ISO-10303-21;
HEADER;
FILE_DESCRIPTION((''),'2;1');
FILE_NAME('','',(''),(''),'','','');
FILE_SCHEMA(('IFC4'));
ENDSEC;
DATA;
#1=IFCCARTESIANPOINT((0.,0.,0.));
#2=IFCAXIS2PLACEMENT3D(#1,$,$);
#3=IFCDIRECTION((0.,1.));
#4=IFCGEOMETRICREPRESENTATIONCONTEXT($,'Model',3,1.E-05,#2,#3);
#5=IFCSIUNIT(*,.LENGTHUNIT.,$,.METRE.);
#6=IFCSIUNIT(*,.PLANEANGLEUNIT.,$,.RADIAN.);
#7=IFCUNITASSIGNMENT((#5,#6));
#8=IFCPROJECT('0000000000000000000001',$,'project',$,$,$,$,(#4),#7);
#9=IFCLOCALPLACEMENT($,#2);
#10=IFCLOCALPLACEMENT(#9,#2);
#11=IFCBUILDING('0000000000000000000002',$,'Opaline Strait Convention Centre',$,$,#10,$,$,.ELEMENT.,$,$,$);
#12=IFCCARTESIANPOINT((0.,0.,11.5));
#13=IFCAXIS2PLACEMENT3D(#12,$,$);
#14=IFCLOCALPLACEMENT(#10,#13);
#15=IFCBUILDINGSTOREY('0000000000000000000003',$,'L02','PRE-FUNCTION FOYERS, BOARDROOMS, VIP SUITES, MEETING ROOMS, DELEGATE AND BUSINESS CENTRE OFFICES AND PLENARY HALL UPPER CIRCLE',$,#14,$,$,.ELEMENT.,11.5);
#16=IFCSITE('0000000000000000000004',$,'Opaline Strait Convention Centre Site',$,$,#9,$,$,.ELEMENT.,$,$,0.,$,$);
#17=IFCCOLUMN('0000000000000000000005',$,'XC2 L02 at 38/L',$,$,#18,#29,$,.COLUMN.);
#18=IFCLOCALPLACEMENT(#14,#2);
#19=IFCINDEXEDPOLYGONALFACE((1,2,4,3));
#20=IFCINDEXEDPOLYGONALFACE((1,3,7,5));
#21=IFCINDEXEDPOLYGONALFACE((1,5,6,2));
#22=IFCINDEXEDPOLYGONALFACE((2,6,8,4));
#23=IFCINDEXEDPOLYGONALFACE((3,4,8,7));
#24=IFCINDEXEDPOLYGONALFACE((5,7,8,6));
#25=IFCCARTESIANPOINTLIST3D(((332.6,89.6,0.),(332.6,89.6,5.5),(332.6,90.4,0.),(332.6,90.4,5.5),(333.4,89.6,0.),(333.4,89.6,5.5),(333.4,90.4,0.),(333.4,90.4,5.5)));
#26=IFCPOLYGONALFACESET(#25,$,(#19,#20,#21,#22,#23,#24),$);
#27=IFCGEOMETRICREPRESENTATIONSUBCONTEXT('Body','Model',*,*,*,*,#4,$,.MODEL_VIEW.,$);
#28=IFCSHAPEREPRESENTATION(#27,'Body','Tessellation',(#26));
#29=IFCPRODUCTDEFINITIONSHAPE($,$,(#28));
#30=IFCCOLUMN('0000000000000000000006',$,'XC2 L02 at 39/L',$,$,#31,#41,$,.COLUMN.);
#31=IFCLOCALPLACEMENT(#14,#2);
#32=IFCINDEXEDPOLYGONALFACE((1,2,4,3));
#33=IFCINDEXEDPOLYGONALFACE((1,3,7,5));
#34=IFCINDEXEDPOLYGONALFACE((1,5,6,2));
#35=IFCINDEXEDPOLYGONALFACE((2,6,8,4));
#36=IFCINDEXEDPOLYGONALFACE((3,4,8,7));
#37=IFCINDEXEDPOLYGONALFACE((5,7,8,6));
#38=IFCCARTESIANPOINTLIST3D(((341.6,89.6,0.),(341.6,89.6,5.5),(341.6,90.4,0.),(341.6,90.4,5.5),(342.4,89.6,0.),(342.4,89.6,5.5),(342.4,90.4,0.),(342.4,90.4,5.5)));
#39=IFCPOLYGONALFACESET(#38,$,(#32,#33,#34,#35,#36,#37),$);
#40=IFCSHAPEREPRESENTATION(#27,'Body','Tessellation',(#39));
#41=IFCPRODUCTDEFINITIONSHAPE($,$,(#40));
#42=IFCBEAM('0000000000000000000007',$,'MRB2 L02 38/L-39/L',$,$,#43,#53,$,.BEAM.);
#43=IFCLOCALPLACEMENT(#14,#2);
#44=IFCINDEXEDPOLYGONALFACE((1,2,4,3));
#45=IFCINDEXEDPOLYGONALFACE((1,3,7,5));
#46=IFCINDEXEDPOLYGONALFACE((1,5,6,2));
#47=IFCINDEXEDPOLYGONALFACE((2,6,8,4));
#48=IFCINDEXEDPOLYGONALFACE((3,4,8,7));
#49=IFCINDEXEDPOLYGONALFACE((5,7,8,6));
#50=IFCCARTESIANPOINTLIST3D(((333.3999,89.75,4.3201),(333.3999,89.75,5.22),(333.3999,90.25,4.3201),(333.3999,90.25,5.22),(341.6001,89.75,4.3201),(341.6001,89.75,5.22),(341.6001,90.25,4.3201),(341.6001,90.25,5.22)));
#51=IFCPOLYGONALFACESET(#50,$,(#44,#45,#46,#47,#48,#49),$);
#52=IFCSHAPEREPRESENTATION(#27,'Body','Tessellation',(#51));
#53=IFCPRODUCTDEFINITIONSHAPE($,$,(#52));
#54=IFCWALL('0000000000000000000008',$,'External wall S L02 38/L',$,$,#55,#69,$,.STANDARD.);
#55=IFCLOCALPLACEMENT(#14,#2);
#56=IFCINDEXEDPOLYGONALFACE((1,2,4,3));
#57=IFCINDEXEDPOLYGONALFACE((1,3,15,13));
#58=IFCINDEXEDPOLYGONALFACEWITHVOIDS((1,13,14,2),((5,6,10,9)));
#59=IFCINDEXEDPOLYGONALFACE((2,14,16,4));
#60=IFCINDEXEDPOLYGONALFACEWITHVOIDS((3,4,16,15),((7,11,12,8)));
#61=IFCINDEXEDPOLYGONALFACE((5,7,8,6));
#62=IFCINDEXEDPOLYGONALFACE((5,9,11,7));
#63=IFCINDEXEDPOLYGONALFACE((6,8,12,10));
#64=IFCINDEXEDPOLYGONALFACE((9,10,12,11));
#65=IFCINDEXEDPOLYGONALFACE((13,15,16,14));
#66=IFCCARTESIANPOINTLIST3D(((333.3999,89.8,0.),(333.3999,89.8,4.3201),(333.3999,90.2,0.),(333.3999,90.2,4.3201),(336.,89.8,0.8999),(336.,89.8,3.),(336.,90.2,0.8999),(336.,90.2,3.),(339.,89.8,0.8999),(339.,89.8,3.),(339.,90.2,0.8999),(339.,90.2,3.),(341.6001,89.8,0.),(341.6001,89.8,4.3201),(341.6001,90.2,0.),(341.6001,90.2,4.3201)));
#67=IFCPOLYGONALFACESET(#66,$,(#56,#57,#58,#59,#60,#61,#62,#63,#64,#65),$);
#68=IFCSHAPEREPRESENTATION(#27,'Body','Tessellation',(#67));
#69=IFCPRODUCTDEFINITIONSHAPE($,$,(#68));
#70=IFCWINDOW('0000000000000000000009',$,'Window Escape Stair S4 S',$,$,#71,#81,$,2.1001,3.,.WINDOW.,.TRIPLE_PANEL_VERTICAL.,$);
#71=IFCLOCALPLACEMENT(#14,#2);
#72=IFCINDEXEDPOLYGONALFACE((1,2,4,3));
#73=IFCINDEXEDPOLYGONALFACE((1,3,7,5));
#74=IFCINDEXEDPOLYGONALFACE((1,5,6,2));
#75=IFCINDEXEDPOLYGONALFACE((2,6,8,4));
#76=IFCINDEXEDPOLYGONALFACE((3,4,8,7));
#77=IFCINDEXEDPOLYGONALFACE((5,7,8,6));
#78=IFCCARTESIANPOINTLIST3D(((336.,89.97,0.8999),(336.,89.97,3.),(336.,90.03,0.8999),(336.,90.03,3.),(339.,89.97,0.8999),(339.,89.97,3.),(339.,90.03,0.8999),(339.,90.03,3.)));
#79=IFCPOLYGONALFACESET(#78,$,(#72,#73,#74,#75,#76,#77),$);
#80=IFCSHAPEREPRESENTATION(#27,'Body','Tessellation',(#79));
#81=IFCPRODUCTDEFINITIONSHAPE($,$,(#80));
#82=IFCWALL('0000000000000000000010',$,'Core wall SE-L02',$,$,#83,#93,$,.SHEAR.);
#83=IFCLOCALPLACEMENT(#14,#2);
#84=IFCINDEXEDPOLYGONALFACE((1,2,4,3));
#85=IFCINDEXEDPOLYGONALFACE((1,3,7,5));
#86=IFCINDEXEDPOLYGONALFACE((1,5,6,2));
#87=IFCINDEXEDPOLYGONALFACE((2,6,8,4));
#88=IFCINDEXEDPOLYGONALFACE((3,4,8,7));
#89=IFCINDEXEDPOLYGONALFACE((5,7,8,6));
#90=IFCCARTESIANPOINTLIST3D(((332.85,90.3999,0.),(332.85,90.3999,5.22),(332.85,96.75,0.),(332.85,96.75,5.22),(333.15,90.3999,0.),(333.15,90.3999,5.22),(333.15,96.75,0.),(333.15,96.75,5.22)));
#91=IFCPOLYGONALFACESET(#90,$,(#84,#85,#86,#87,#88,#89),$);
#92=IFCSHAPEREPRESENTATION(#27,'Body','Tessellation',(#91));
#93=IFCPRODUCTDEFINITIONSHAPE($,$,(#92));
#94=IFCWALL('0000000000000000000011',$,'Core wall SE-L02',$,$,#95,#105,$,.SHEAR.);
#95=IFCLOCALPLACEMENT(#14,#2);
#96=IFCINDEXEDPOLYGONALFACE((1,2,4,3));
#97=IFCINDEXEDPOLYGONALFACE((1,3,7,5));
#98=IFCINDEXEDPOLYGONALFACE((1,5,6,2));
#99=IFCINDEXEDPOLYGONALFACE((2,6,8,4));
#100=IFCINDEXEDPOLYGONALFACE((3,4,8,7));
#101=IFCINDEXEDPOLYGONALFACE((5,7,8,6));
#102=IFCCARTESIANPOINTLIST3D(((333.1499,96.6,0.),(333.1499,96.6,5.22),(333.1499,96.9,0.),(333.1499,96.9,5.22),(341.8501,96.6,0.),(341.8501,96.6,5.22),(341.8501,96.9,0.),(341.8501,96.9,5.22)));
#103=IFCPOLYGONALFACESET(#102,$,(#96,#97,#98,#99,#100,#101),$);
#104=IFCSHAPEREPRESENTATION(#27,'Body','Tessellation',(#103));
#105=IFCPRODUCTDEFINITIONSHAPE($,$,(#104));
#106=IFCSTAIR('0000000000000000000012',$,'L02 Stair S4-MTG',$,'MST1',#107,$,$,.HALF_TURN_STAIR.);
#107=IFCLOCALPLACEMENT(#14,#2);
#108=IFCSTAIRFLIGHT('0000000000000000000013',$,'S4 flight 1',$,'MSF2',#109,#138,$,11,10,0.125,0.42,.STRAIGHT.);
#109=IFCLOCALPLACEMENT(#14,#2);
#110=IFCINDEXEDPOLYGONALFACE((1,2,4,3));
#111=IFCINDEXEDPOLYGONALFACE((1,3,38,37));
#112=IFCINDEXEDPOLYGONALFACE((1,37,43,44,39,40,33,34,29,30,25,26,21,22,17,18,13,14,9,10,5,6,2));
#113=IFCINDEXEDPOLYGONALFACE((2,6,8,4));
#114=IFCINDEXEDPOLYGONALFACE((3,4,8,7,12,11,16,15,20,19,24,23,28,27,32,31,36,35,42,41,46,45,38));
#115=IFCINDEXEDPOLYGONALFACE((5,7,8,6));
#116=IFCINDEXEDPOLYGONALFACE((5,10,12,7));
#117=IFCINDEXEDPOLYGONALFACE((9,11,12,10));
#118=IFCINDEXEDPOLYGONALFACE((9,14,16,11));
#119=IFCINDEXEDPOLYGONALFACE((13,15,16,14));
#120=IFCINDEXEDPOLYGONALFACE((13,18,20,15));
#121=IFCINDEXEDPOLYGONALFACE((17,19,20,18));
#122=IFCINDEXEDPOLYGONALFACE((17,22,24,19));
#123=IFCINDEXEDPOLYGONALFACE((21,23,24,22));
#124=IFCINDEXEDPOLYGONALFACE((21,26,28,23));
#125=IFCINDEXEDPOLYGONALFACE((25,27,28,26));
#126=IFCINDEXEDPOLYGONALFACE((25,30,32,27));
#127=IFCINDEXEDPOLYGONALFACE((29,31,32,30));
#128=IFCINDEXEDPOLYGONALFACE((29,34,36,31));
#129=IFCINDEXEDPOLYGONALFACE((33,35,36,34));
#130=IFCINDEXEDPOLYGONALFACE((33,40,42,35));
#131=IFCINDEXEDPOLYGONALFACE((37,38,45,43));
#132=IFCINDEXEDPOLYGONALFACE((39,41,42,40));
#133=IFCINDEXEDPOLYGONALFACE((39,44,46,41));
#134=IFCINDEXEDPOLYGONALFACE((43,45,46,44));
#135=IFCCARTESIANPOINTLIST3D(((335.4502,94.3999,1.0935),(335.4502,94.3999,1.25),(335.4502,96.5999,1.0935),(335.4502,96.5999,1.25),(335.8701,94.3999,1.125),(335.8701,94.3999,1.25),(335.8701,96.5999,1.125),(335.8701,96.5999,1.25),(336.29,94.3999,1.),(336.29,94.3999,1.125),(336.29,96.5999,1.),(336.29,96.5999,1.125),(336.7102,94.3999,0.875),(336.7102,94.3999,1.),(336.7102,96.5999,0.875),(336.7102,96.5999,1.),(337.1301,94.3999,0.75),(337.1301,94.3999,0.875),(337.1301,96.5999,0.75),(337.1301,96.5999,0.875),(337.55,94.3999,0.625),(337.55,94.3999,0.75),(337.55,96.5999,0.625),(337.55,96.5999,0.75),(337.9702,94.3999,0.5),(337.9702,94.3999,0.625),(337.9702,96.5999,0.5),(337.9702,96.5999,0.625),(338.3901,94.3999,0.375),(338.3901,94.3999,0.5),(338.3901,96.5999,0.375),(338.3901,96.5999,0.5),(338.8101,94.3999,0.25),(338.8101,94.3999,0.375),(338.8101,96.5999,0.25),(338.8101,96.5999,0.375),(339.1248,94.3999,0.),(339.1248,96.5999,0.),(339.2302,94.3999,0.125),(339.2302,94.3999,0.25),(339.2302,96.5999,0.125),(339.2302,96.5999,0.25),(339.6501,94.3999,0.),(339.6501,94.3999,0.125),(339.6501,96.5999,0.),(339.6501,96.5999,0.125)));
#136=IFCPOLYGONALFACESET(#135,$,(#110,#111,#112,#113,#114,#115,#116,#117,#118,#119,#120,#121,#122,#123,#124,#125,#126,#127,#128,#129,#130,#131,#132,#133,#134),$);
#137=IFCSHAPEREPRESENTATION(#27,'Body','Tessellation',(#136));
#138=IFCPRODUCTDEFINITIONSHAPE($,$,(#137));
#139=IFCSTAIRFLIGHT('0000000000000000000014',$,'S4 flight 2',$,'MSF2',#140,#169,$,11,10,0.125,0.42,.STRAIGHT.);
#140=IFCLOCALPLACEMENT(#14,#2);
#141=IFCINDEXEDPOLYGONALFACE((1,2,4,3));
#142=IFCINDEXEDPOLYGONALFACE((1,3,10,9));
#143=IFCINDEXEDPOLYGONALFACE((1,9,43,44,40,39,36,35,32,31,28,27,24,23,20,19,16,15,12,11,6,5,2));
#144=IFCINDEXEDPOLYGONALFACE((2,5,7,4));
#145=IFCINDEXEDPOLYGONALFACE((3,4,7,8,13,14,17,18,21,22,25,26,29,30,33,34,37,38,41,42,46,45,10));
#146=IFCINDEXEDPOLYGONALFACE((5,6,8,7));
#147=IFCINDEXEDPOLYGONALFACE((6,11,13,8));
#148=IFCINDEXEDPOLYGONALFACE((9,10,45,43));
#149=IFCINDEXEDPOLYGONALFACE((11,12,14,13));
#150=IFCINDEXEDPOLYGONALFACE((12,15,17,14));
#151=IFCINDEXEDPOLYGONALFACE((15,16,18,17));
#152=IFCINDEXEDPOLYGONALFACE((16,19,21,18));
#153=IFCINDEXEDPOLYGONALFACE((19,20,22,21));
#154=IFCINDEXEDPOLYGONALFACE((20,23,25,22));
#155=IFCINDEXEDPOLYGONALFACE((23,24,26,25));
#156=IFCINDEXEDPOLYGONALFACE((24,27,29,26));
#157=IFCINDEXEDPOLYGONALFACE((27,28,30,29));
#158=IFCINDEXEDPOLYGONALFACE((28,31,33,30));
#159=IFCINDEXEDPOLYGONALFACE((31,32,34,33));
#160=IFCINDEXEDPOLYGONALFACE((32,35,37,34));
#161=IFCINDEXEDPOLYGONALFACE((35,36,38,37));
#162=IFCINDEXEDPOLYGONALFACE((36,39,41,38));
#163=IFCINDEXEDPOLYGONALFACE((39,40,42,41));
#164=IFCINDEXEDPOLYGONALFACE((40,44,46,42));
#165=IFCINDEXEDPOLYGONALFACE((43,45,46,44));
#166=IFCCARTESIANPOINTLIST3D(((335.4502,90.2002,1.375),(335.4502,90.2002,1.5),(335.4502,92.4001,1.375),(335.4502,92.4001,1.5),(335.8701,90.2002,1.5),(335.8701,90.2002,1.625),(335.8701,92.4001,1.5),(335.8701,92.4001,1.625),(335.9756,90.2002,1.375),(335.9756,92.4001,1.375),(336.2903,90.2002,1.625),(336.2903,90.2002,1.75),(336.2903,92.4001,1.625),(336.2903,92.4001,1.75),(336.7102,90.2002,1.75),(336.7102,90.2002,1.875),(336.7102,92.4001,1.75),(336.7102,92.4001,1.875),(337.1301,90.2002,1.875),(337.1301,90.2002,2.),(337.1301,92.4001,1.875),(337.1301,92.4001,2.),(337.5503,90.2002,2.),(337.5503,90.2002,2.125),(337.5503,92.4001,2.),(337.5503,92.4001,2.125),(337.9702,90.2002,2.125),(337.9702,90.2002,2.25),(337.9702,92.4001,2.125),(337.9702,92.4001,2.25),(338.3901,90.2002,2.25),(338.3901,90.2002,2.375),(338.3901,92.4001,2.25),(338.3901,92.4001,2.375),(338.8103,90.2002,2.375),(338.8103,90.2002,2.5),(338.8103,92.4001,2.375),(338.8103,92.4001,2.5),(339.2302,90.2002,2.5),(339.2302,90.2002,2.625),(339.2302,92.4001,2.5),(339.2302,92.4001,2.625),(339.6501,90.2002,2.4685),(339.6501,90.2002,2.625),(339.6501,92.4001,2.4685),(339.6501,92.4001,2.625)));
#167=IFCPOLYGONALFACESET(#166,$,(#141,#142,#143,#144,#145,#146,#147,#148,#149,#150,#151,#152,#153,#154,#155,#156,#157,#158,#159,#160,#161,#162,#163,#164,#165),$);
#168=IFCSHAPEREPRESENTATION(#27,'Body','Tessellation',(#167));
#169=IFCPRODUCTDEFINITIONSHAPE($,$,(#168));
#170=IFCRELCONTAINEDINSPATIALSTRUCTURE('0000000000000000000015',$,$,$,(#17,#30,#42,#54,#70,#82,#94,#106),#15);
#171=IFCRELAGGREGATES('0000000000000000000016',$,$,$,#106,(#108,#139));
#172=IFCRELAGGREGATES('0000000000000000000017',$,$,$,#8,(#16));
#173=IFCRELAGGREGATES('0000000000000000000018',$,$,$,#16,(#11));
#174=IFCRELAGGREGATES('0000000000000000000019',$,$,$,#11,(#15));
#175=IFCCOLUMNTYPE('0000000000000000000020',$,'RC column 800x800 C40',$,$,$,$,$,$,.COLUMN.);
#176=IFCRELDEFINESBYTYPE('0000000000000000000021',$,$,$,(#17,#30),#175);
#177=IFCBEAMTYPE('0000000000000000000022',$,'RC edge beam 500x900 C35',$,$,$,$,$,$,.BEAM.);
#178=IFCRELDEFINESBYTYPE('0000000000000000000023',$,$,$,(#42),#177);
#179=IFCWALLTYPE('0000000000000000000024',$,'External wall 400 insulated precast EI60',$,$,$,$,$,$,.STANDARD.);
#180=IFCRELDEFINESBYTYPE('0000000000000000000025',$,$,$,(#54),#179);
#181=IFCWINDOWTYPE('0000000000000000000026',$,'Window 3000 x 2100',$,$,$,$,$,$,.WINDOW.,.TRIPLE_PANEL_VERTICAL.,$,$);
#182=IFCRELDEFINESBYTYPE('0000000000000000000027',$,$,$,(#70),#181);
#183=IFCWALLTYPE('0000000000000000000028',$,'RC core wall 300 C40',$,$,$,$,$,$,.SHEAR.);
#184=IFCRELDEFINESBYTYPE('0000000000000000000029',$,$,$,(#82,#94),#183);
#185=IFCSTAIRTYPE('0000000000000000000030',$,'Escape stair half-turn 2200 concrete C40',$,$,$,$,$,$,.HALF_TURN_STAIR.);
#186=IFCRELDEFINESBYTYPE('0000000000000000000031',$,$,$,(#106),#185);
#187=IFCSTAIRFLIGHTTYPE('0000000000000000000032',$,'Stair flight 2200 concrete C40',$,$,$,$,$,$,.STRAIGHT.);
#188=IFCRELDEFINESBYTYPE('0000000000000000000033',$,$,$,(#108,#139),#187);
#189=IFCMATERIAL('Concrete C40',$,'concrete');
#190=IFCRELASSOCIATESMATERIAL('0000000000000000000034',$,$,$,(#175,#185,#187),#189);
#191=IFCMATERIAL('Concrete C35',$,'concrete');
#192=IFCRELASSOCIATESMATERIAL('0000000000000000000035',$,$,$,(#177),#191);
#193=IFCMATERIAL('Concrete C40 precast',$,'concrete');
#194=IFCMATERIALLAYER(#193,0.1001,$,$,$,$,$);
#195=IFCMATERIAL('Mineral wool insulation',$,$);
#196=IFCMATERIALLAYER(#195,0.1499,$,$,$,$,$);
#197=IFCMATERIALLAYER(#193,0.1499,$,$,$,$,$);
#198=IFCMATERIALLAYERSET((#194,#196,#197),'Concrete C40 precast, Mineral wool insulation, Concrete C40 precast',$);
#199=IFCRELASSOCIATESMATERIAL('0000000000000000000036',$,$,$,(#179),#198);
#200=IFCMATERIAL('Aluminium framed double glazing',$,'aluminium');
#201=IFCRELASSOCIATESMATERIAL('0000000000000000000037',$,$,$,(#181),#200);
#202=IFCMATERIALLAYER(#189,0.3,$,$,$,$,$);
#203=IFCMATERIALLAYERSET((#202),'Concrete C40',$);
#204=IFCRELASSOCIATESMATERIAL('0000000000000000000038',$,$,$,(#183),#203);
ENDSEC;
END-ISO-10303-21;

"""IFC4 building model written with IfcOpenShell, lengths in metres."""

from ifc_helpers import new_model, si_unit, direction, frame, frame_2d, origin, origin_2d, place, context, subcontext, project, spatial, polyline, rectangle, outline, extrude, material, layer, layer_set, material_profile, profile_set, type_object, element, fill, aggregate, save


model = new_model("IFC4")

# Units and contexts
model_context = context("Model", 3, precision=1e-05, world=origin(), true_north=direction((0.0, 1.0)))
body_context = subcontext(model_context, "Body", "Model", "MODEL_VIEW")
ifc_project = project(units=[si_unit("LENGTHUNIT", "METRE"), si_unit("PLANEANGLEUNIT", "RADIAN")], contexts=[model_context])

# Site, building, storey
site_placement = place(None, origin())
site = spatial("IfcSite", under=ifc_project, at=site_placement, Name="Opaline Strait Convention Centre Site", CompositionType="ELEMENT", RefElevation=0.0)
building_placement = place(site_placement, origin())
building = spatial("IfcBuilding", under=site, at=building_placement, Name="Opaline Strait Convention Centre", CompositionType="ELEMENT")
storey_placement = place(building_placement, frame((0.0, 0.0, 11.5)))
storey = spatial("IfcBuildingStorey", under=building, at=storey_placement, Name="L02", Description="PRE-FUNCTION FOYERS, BOARDROOMS, VIP SUITES, MEETING ROOMS, DELEGATE AND BUSINESS CENTRE OFFICES AND PLENARY HALL UPPER CIRCLE", CompositionType="ELEMENT", Elevation=11.5)

# Columns
ifc_material_1 = material(Name="Concrete C40", Category="concrete")
ifc_material_profile_1 = material_profile(ifc_material_1, rectangle(XDim=0.8, YDim=0.8, at=origin_2d()), Name="RC 800x800")
ifc_profile_set_1 = profile_set([ifc_material_profile_1], Name="Concrete C40")
column_type = type_object("IfcColumnType", Name="RC column 800x800 C40", PredefinedType="COLUMN", material=ifc_profile_set_1)
for number, where, z_axis, x_axis, name in (
    (1, (333.0, 90.0, 0.0), (0.0, 0.0, 1.0), (1.0, 0.0, 0.0), "XC2 L02 at 38/L"),
    (2, (342.0, 90.0, 0.0), (0.0, 0.0, 1.0), (1.0, 0.0, 0.0), "XC2 L02 at 39/L"),
):
    element("IfcColumn", number, at=place(storey_placement, frame(where, z_axis=z_axis, x_axis=x_axis)), inside=storey, type_object=column_type, Name=name, PredefinedType="COLUMN", context=body_context, shape_type="SweptSolid", body=[
        extrude(rectangle(XDim=0.8, YDim=0.8, at=origin_2d()), origin(), (0.0, 0.0, 1.0), 5.5),
    ])

# Beam
ifc_material_2 = material(Name="Concrete C35", Category="concrete")
ifc_material_profile_2 = material_profile(ifc_material_2, rectangle(XDim=0.5, YDim=0.8999, at=origin_2d()), Name="RC 500x900")
ifc_profile_set_2 = profile_set([ifc_material_profile_2], Name="Concrete C35")
beam_type = type_object("IfcBeamType", Name="RC edge beam 500x900 C35", PredefinedType="BEAM", material=ifc_profile_set_2)
beam_placement = place(storey_placement, frame((333.3999, 90.0, 4.77), z_axis=(1.0, 0.0, 0.0), x_axis=(0.0, 1.0, 0.0)))
element("IfcBeam", 3, at=beam_placement, inside=storey, type_object=beam_type, Name="MRB2 L02 38/L-39/L", PredefinedType="BEAM", context=body_context, shape_type="SweptSolid", body=[
    extrude(rectangle(XDim=0.5, YDim=0.8999, at=origin_2d()), origin(), (0.0, 0.0, 1.0), 8.2002),
])

# Wall, opening, window
ifc_material_3 = material(Name="Concrete C40 precast", Category="concrete")
ifc_layer_1 = layer(ifc_material_3, 0.1001)
ifc_material_4 = material(Name="Mineral wool insulation")
ifc_layer_2 = layer(ifc_material_4, 0.1499)
ifc_layer_3 = layer(ifc_material_3, 0.1499)
ifc_layer_set_1 = layer_set([ifc_layer_1, ifc_layer_2, ifc_layer_3], Name="Concrete C40 precast, Mineral wool insulation, Concrete C40 precast")
wall_type_1 = type_object("IfcWallType", Name="External wall 400 insulated precast EI60", PredefinedType="STANDARD", material=ifc_layer_set_1)
wall_1_placement = place(storey_placement, frame((333.3999, 90.0, 0.0), z_axis=(0.0, 0.0, 1.0), x_axis=(1.0, 0.0, 0.0)))
wall_1 = element("IfcWall", 4, at=wall_1_placement, inside=storey, type_object=wall_type_1, Name="External wall S L02 38/L", PredefinedType="STANDARD", context=body_context, shape_type="SweptSolid", body=[
    extrude(rectangle(XDim=8.2002, YDim=0.3999, at=frame_2d((4.1001, 0.0))), origin(), (0.0, 0.0, 1.0), 4.3201),
])
opening_1_placement = place(wall_1_placement, frame((2.6001, 0.0, 0.8999)))
opening_1 = element("IfcOpeningElement", 5, at=opening_1_placement, cuts=wall_1, PredefinedType="OPENING", context=body_context, shape_type="SweptSolid", body=[
    extrude(rectangle(XDim=3.0, YDim=2.1001, at=frame_2d((1.5, 1.05))), frame((0.0, 0.21, 0.0), z_axis=(0.0, -1.0, 0.0), x_axis=(1.0, 0.0, 0.0)), (0.0, 0.0, 1.0), 0.4199),
])
ifc_material_5 = material(Name="Aluminium framed double glazing", Category="aluminium")
window_type = type_object("IfcWindowType", Name="Window 3000 x 2100", PartitioningType="TRIPLE_PANEL_VERTICAL", PredefinedType="WINDOW", material=ifc_material_5)
window_placement = place(opening_1_placement, origin())
window = element("IfcWindow", 6, at=window_placement, inside=storey, type_object=window_type, Name="Window Escape Stair S4 S", OverallHeight=2.1001, OverallWidth=3.0, PartitioningType="TRIPLE_PANEL_VERTICAL", PredefinedType="WINDOW", context=body_context, shape_type="SweptSolid", body=[
    extrude(rectangle(XDim=3.0, YDim=2.1001, at=frame_2d((1.5, 1.05))), frame((0.0, 0.03, 0.0), z_axis=(0.0, -1.0, 0.0), x_axis=(1.0, 0.0, 0.0)), (0.0, 0.0, 1.0), 0.0601),
])
fill(opening_1, window)

# Shared definitions
ifc_layer_4 = layer(ifc_material_1, 0.3)
ifc_layer_set_2 = layer_set([ifc_layer_4], Name="Concrete C40")
wall_type_2 = type_object("IfcWallType", Name="RC core wall 300 C40", PredefinedType="SHEAR", material=ifc_layer_set_2)

# Walls
wall_2_placement = place(storey_placement, frame((333.0, 90.3999, 0.0), z_axis=(0.0, 0.0, 1.0), x_axis=(0.0, 1.0, 0.0)))
element("IfcWall", 7, at=wall_2_placement, inside=storey, type_object=wall_type_2, Name="Core wall SE-L02", PredefinedType="SHEAR", context=body_context, shape_type="SweptSolid", body=[
    extrude(rectangle(XDim=6.3501, YDim=0.3, at=frame_2d((3.175, 0.0))), origin(), (0.0, 0.0, 1.0), 5.22),
])
wall_3_placement = place(storey_placement, frame((333.1499, 96.75, 0.0), z_axis=(0.0, 0.0, 1.0), x_axis=(1.0, 0.0, 0.0)))
element("IfcWall", 8, at=wall_3_placement, inside=storey, type_object=wall_type_2, Name="Core wall SE-L02", PredefinedType="SHEAR", context=body_context, shape_type="SweptSolid", body=[
    extrude(rectangle(XDim=8.7002, YDim=0.3, at=frame_2d((4.3501, 0.0))), origin(), (0.0, 0.0, 1.0), 5.22),
])

# Stair, stair flights
stair_type = type_object("IfcStairType", Name="Escape stair half-turn 2200 concrete C40", PredefinedType="HALF_TURN_STAIR", material=ifc_material_1)
stair_placement = place(storey_placement, origin())
stair = element("IfcStair", 9, at=stair_placement, inside=storey, type_object=stair_type, Name="L02 Stair S4-MTG", ObjectType="MST1", PredefinedType="HALF_TURN_STAIR")
stair_flight_type = type_object("IfcStairFlightType", Name="Stair flight 2200 concrete C40", PredefinedType="STRAIGHT", material=ifc_material_1)
stair_flight_1_placement = place(storey_placement, frame((339.6501, 95.5, 0.0), z_axis=(0.0, 0.0, 1.0), x_axis=(-1.0, 0.0, 0.0)))
stair_flight_1 = element("IfcStairFlight", 10, at=stair_flight_1_placement, type_object=stair_flight_type, Name="S4 flight 1", ObjectType="MSF2", NumberOfRisers=11, NumberOfTreads=10, PredefinedType="STRAIGHT", RiserHeight=0.125, TreadLength=0.42, context=body_context, shape_type="SweptSolid", body=[
    extrude(outline(polyline([(0.0, 0.0), (0.0, 0.125), (0.4199, 0.125), (0.4199, 0.25), (0.8401, 0.25), (0.8401, 0.375), (1.26, 0.375), (1.26, 0.5), (1.6799, 0.5), (1.6799, 0.625), (2.1001, 0.625), (2.1001, 0.75), (2.52, 0.75), (2.52, 0.875), (2.9399, 0.875), (2.9399, 1.0), (3.3601, 1.0), (3.3601, 1.125), (3.78, 1.125), (3.78, 1.25), (4.2, 1.25), (4.2, 1.375), (4.2, 1.0935), (0.5254, 0.0), (0.0, 0.0)])), frame((0.0, 1.1001, 0.0), z_axis=(0.0, -1.0, 0.0), x_axis=(1.0, 0.0, 0.0)), (0.0, 0.0, 1.0), 2.2),
])
stair_flight_2_placement = place(storey_placement, frame((335.4502, 91.3, 1.375), z_axis=(0.0, 0.0, 1.0), x_axis=(1.0, 0.0, 0.0)))
stair_flight_2 = element("IfcStairFlight", 11, at=stair_flight_2_placement, type_object=stair_flight_type, Name="S4 flight 2", ObjectType="MSF2", NumberOfRisers=11, NumberOfTreads=10, PredefinedType="STRAIGHT", RiserHeight=0.125, TreadLength=0.42, context=body_context, shape_type="SweptSolid", body=[
    extrude(outline(polyline([(0.0, 0.0), (0.0, 0.125), (0.4199, 0.125), (0.4199, 0.25), (0.8401, 0.25), (0.8401, 0.375), (1.26, 0.375), (1.26, 0.5), (1.6799, 0.5), (1.6799, 0.625), (2.1001, 0.625), (2.1001, 0.75), (2.52, 0.75), (2.52, 0.875), (2.9399, 0.875), (2.9399, 1.0), (3.3601, 1.0), (3.3601, 1.125), (3.78, 1.125), (3.78, 1.25), (4.2, 1.25), (4.2, 1.375), (4.2, 1.0935), (0.5254, 0.0), (0.0, 0.0)])), frame((0.0, 1.1001, 0.0), z_axis=(0.0, -1.0, 0.0), x_axis=(1.0, 0.0, 0.0)), (0.0, 0.0, 1.0), 2.2),
])
aggregate(stair, [stair_flight_1, stair_flight_2])

save(model, "model.ifc")
